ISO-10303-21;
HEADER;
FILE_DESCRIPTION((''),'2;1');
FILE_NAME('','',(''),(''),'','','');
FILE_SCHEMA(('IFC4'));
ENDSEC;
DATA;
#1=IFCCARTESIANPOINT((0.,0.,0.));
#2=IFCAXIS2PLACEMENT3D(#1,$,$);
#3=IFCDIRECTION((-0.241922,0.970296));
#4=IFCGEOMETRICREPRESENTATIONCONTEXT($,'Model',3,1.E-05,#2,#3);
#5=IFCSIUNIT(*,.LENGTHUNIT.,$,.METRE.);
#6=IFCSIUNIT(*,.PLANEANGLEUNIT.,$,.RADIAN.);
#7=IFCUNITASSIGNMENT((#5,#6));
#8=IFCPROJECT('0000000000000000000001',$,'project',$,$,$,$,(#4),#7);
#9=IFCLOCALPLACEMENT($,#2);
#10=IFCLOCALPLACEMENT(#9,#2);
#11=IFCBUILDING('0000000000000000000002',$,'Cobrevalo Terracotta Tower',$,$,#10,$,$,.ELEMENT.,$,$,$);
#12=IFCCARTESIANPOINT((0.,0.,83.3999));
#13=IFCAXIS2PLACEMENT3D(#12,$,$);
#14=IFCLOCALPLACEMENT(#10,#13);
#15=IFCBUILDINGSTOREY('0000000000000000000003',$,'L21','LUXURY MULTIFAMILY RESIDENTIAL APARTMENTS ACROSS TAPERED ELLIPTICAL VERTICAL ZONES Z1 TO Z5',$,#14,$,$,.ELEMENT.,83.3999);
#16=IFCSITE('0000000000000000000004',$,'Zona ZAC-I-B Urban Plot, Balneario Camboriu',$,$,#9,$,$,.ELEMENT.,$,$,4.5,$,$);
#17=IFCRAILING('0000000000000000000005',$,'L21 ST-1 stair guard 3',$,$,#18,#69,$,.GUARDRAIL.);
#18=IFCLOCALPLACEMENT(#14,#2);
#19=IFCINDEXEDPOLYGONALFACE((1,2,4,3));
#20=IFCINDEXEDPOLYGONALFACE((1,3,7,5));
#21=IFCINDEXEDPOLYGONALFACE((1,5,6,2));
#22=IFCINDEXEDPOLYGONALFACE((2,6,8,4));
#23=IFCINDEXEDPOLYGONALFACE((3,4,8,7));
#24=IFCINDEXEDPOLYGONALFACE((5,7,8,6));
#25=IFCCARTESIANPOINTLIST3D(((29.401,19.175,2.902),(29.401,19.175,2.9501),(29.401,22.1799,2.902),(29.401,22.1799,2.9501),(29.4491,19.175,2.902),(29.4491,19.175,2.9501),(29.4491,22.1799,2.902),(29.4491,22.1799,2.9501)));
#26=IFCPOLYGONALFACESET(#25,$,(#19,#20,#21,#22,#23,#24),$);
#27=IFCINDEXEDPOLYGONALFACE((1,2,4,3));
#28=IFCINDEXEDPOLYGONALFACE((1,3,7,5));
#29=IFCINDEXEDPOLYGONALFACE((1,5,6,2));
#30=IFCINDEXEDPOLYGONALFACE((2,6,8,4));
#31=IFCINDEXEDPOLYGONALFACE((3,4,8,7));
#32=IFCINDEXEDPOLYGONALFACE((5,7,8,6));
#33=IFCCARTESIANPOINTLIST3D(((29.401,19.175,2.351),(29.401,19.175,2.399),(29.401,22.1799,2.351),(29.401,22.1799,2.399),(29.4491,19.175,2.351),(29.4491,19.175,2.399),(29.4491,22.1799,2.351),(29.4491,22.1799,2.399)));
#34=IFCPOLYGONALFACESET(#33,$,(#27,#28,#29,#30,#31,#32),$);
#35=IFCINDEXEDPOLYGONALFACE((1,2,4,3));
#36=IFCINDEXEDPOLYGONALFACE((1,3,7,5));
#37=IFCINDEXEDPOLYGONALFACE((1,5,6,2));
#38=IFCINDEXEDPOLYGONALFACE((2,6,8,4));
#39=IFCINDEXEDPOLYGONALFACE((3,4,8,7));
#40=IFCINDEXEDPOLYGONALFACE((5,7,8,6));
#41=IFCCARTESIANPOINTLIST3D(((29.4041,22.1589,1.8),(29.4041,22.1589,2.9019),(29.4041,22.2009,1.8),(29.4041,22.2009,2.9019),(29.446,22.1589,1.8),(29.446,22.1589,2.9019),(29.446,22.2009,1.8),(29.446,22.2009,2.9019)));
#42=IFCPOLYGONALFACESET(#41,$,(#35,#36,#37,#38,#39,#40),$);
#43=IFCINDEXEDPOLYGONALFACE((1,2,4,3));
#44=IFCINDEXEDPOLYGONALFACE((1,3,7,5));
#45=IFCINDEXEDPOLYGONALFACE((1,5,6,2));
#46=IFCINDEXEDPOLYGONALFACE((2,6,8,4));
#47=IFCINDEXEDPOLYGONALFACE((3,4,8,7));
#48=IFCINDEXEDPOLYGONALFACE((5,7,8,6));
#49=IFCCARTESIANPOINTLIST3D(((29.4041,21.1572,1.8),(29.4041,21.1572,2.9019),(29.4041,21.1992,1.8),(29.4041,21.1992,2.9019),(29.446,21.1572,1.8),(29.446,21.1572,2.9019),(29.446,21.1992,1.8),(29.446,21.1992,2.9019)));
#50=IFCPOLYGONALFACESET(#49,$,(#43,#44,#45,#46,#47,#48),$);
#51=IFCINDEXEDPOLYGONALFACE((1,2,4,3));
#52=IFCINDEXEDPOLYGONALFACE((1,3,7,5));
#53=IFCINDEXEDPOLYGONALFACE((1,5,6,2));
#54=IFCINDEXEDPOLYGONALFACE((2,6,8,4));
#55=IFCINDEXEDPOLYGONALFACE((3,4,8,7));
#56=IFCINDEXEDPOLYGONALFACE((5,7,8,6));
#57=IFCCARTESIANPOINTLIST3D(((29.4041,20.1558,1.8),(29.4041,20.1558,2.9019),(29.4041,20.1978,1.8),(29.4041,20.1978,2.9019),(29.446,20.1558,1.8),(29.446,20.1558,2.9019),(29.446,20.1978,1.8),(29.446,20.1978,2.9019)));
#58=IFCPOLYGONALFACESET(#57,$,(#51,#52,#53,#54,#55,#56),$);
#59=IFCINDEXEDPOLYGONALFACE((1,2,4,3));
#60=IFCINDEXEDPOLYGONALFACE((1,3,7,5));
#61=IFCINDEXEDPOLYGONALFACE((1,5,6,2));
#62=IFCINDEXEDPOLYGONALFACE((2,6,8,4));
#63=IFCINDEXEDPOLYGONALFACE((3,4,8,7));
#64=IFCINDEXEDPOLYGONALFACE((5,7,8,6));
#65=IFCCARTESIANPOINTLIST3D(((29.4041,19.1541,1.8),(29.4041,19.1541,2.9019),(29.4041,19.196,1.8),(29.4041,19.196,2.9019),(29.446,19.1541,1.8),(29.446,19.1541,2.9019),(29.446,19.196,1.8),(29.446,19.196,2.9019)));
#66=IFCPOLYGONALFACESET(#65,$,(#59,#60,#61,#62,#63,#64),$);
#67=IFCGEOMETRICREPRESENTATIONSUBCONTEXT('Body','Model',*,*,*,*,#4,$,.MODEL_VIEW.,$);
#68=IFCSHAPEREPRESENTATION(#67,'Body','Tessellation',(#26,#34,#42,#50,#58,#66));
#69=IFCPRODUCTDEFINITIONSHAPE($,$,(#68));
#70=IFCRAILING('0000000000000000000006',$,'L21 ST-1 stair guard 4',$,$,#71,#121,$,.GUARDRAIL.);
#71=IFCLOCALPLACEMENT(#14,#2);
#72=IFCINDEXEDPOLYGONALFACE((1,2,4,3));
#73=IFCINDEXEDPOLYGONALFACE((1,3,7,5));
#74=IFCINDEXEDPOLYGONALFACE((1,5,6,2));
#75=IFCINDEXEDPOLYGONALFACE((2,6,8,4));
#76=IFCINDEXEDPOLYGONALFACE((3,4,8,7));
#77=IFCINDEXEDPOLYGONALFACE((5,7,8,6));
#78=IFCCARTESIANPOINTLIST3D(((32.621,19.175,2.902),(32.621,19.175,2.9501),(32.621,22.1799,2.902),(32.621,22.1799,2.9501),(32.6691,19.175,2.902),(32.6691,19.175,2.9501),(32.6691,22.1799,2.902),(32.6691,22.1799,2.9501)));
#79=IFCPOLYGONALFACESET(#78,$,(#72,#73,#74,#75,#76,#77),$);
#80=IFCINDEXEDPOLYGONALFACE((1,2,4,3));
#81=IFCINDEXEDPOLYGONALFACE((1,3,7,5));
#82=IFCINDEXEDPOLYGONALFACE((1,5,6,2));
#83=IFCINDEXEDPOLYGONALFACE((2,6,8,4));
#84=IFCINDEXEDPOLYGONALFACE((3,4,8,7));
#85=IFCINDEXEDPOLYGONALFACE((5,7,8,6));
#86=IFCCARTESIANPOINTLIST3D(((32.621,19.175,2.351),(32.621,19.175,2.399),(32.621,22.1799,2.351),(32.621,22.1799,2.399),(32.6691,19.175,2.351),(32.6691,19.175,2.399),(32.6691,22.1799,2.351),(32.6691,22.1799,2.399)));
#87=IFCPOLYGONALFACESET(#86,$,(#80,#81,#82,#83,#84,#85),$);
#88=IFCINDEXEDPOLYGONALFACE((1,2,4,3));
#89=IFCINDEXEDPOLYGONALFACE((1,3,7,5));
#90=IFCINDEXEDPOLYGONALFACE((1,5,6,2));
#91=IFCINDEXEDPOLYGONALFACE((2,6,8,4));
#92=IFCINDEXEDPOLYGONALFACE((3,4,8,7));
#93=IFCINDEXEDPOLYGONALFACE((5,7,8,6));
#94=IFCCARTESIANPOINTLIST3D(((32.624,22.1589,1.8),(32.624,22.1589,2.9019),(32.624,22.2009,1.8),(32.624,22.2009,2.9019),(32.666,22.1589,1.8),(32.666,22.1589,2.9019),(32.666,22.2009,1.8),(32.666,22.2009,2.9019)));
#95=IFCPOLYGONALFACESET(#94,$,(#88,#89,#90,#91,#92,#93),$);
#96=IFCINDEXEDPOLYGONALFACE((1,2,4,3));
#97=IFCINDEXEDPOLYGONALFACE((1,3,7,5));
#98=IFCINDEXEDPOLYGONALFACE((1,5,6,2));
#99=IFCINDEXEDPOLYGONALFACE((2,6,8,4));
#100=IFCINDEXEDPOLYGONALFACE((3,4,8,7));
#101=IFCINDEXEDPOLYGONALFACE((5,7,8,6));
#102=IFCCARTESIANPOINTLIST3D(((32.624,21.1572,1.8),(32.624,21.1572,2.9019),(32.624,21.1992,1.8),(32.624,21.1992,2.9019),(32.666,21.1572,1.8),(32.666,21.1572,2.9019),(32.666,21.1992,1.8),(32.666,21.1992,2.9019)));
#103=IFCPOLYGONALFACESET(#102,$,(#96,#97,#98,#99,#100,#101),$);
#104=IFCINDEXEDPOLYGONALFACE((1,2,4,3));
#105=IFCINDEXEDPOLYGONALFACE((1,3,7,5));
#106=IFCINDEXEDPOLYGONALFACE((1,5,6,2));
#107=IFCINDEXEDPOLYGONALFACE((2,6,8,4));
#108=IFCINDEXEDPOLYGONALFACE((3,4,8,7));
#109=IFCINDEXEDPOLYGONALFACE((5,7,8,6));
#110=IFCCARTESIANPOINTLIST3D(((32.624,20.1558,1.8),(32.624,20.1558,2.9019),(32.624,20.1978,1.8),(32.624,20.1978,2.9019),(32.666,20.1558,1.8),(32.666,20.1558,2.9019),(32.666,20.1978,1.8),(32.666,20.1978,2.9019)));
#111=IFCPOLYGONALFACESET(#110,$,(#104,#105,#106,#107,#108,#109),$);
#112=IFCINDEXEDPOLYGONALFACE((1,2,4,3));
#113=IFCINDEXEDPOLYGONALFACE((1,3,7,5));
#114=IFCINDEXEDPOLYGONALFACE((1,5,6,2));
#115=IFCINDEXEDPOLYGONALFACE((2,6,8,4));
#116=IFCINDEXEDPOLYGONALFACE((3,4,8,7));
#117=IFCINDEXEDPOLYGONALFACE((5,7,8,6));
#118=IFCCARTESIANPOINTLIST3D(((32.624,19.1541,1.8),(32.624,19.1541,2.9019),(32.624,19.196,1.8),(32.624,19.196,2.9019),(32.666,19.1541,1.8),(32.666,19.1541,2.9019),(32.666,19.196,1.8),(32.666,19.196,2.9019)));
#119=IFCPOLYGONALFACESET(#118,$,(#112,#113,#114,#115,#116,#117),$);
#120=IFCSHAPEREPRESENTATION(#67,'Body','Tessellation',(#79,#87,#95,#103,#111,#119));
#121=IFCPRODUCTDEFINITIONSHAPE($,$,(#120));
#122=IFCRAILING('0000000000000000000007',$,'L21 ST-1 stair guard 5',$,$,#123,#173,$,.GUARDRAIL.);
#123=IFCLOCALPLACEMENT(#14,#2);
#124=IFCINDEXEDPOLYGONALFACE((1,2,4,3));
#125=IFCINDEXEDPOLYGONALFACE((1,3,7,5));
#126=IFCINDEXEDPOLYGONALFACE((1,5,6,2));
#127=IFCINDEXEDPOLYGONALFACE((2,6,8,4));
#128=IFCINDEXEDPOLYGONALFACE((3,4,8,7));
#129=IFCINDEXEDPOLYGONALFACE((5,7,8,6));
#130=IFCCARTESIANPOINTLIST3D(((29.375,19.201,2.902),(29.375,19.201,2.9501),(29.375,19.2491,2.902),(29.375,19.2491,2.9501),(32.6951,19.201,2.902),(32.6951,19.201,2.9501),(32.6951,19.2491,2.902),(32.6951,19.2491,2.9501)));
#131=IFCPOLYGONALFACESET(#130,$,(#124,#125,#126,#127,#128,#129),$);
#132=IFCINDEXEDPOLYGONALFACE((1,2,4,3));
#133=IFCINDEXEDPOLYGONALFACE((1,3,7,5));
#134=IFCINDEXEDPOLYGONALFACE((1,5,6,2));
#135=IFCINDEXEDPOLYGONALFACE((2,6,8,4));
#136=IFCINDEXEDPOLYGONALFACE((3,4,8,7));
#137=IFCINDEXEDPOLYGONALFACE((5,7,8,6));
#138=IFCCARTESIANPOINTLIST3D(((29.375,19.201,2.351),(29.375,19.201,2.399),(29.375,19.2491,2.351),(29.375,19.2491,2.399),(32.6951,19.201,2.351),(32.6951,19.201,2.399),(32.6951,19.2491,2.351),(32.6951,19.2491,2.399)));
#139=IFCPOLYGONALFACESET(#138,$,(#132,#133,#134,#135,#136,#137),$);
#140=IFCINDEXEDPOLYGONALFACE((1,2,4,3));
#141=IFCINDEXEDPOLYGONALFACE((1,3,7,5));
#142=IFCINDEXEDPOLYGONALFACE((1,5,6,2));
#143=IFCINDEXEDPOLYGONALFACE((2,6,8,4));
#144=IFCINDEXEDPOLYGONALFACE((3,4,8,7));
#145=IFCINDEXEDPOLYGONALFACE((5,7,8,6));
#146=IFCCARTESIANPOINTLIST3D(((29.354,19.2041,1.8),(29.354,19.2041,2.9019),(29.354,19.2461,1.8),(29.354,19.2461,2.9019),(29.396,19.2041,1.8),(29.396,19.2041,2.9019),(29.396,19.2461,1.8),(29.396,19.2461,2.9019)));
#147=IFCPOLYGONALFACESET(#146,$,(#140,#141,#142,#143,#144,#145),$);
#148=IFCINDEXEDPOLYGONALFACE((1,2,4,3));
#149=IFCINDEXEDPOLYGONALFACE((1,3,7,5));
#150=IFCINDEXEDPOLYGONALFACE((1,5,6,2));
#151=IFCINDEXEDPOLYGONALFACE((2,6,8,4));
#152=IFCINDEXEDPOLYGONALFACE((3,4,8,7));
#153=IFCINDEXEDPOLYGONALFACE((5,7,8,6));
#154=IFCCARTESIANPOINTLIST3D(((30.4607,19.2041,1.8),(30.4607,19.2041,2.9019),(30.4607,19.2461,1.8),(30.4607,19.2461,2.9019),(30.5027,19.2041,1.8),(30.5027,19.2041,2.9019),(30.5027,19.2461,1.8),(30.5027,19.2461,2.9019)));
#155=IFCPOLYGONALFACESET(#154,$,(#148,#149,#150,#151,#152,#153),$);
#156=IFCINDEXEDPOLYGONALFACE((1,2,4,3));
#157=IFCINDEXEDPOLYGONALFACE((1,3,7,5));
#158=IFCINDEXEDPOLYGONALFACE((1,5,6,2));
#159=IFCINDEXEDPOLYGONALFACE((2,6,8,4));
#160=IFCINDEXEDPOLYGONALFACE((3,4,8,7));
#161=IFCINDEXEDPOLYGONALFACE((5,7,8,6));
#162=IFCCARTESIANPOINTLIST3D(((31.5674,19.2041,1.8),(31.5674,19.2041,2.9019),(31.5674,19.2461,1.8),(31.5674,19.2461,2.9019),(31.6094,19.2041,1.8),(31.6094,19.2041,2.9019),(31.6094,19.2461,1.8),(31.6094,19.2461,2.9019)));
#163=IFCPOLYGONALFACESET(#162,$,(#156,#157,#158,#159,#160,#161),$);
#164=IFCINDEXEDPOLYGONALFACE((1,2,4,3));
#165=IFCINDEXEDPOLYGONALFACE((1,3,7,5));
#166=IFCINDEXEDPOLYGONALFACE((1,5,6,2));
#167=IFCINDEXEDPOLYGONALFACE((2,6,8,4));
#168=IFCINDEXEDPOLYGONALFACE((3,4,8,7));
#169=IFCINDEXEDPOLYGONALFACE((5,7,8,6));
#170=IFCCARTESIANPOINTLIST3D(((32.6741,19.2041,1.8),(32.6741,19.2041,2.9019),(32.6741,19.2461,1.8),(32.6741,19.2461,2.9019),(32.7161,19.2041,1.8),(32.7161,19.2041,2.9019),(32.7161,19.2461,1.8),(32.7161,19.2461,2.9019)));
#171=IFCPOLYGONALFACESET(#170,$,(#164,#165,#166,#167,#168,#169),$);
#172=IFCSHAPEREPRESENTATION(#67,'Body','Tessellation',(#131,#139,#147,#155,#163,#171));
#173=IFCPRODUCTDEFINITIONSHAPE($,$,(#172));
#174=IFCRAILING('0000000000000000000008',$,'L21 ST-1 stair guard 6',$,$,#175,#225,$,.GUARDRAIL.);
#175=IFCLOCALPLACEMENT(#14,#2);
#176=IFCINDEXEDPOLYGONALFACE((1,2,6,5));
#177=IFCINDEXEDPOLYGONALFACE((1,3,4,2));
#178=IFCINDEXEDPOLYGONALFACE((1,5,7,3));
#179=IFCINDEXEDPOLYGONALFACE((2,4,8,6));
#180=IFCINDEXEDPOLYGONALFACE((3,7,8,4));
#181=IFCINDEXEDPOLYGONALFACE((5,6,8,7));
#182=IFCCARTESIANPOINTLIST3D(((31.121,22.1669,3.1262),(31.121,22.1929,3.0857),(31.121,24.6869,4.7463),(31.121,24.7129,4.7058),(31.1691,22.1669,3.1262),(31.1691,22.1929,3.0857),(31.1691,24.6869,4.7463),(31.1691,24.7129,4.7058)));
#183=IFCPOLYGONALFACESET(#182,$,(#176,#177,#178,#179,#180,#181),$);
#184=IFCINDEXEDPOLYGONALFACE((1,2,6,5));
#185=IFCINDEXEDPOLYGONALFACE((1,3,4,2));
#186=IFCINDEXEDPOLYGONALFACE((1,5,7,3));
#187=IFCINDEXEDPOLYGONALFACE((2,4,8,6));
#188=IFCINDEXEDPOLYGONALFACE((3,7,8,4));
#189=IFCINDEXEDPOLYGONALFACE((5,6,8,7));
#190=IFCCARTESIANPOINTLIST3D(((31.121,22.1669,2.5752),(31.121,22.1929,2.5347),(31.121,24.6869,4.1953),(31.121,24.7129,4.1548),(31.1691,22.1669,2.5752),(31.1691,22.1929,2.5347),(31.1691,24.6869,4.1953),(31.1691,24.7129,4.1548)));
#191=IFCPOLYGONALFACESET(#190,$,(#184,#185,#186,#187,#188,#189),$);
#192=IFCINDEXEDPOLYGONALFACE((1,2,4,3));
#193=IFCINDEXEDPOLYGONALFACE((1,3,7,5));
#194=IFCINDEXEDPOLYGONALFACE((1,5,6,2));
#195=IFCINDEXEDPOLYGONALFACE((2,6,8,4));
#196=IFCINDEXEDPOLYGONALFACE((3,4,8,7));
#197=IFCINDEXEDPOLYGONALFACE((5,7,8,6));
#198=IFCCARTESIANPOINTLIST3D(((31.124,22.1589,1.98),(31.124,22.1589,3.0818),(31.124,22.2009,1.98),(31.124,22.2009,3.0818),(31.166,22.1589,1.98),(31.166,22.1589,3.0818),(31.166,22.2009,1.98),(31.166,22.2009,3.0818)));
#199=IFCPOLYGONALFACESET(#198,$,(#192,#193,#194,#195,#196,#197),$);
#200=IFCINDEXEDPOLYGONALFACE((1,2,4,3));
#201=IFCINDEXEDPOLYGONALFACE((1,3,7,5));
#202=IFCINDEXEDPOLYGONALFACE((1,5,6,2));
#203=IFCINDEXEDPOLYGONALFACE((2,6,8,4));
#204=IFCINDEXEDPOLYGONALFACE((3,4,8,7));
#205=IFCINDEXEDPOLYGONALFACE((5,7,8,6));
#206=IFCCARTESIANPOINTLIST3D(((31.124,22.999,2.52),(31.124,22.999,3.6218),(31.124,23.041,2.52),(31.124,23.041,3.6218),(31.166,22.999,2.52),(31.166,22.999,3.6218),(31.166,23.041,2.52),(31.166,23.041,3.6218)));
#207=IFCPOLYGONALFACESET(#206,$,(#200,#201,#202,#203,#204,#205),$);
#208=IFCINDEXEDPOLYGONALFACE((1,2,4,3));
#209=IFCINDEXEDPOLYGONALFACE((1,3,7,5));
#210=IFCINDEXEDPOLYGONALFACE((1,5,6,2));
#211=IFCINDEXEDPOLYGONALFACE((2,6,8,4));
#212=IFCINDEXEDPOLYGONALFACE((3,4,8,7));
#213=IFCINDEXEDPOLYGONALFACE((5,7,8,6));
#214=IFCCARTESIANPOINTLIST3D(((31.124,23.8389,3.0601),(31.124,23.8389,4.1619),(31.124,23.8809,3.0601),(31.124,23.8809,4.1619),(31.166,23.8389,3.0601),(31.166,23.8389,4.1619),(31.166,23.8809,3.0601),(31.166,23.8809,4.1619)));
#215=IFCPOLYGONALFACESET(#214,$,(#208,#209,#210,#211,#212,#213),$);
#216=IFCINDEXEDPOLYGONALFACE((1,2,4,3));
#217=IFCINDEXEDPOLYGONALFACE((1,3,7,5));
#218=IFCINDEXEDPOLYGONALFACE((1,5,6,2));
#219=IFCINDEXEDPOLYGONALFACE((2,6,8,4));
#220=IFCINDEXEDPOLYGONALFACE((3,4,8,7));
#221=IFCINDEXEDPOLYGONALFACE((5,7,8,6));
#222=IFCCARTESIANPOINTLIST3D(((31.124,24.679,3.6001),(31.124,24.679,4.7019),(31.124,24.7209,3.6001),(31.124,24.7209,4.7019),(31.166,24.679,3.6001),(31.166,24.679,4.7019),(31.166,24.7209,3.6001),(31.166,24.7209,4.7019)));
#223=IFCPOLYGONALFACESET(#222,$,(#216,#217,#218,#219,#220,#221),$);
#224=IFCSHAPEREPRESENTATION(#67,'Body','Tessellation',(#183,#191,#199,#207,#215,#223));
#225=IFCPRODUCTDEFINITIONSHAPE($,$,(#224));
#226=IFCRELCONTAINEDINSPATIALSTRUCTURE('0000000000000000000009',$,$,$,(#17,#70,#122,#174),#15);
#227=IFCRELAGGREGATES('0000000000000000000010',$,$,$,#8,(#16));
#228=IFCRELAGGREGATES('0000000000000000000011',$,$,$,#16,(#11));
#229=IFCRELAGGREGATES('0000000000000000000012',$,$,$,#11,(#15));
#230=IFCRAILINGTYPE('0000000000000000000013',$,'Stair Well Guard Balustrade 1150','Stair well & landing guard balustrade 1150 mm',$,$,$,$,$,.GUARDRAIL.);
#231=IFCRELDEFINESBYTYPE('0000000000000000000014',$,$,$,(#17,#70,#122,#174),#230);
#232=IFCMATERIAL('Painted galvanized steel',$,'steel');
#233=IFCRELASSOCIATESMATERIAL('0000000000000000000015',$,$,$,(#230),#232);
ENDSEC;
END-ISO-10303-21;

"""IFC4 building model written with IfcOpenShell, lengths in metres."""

from ifc_helpers import new_model, si_unit, direction, frame, origin, origin_2d, place, context, subcontext, project, spatial, rectangle, extrude, material, type_object, element, save


model = new_model("IFC4")

# Units and contexts
model_context = context("Model", 3, precision=1e-05, world=origin(), true_north=direction((-0.241922, 0.970296)))
body_context = subcontext(model_context, "Body", "Model", "MODEL_VIEW")
ifc_project = project(units=[si_unit("LENGTHUNIT", "METRE"), si_unit("PLANEANGLEUNIT", "RADIAN")], contexts=[model_context])

# Site, building, storey
site_placement = place(None, origin())
site = spatial("IfcSite", under=ifc_project, at=site_placement, Name="Zona ZAC-I-B Urban Plot, Balneario Camboriu", CompositionType="ELEMENT", RefElevation=4.5)
building_placement = place(site_placement, origin())
building = spatial("IfcBuilding", under=site, at=building_placement, Name="Cobrevalo Terracotta Tower", CompositionType="ELEMENT")
storey_placement = place(building_placement, frame((0.0, 0.0, 83.3999)))
storey = spatial("IfcBuildingStorey", under=building, at=storey_placement, Name="L21", Description="LUXURY MULTIFAMILY RESIDENTIAL APARTMENTS ACROSS TAPERED ELLIPTICAL VERTICAL ZONES Z1 TO Z5", CompositionType="ELEMENT", Elevation=83.3999)

# Railings
ifc_material_1 = material(Name="Painted galvanized steel", Category="steel")
railing_type_1 = type_object("IfcRailingType", Name="Stair Well Guard Balustrade 1150", Description="Stair well & landing guard balustrade 1150 mm", PredefinedType="GUARDRAIL", material=ifc_material_1)
for number, where, name in (
    (1, (29.425, 22.1799, 1.8), "L21 ST-1 stair guard 3"),
    (2, (32.645, 22.1799, 1.8), "L21 ST-1 stair guard 4"),
):
    element("IfcRailing", number, at=place(storey_placement, frame(where)), inside=storey, type_object=railing_type_1, Name=name, PredefinedType="GUARDRAIL", context=body_context, shape_type="SweptSolid", body=[
        extrude(rectangle(XDim=0.0481, YDim=0.0481, at=origin_2d()), frame((0.0, 0.0, 1.126), z_axis=(0.0, -1.0, 0.0), x_axis=(1.0, 0.0, 0.0)), (0.0, 0.0, 1.0), 3.0049),
        extrude(rectangle(XDim=0.0481, YDim=0.0481, at=origin_2d()), frame((0.0, 0.0, 0.575), z_axis=(0.0, -1.0, 0.0), x_axis=(1.0, 0.0, 0.0)), (0.0, 0.0, 1.0), 3.0049),
        extrude(rectangle(XDim=0.042, YDim=0.042, at=origin_2d()), origin(), (0.0, 0.0, 1.0), 1.1018),
        extrude(rectangle(XDim=0.042, YDim=0.042, at=origin_2d()), frame((0.0, -1.0017, 0.0)), (0.0, 0.0, 1.0), 1.1018),
        extrude(rectangle(XDim=0.042, YDim=0.042, at=origin_2d()), frame((0.0, -2.0032, 0.0)), (0.0, 0.0, 1.0), 1.1018),
        extrude(rectangle(XDim=0.042, YDim=0.042, at=origin_2d()), frame((0.0, -3.0049, 0.0)), (0.0, 0.0, 1.0), 1.1018),
    ])
railing_1_placement = place(storey_placement, frame((29.375, 19.2251, 1.8)))
element("IfcRailing", 3, at=railing_1_placement, inside=storey, type_object=railing_type_1, Name="L21 ST-1 stair guard 5", PredefinedType="GUARDRAIL", context=body_context, shape_type="SweptSolid", body=[
    extrude(rectangle(XDim=0.0481, YDim=0.0481, at=origin_2d()), frame((0.0, 0.0, 1.126), z_axis=(1.0, 0.0, 0.0), x_axis=(0.0, 1.0, 0.0)), (0.0, 0.0, 1.0), 3.3201),
    extrude(rectangle(XDim=0.0481, YDim=0.0481, at=origin_2d()), frame((0.0, 0.0, 0.575), z_axis=(1.0, 0.0, 0.0), x_axis=(0.0, 1.0, 0.0)), (0.0, 0.0, 1.0), 3.3201),
    extrude(rectangle(XDim=0.042, YDim=0.042, at=origin_2d()), origin(), (0.0, 0.0, 1.0), 1.1018),
    extrude(rectangle(XDim=0.042, YDim=0.042, at=origin_2d()), frame((1.1067, 0.0, 0.0)), (0.0, 0.0, 1.0), 1.1018),
    extrude(rectangle(XDim=0.042, YDim=0.042, at=origin_2d()), frame((2.2134, 0.0, 0.0)), (0.0, 0.0, 1.0), 1.1018),
    extrude(rectangle(XDim=0.042, YDim=0.042, at=origin_2d()), frame((3.3201, 0.0, 0.0)), (0.0, 0.0, 1.0), 1.1018),
])
railing_2_placement = place(storey_placement, frame((31.145, 22.1799, 1.98)))
element("IfcRailing", 4, at=railing_2_placement, inside=storey, type_object=railing_type_1, Name="L21 ST-1 stair guard 6", PredefinedType="GUARDRAIL", context=body_context, shape_type="SweptSolid", body=[
    extrude(rectangle(XDim=0.0481, YDim=0.0481, at=origin_2d()), frame((0.0, 0.0, 1.126), z_axis=(0.0, 0.841163, 0.540782), x_axis=(-1.0, 0.0, 0.0)), (0.0, 0.0, 1.0), 2.9958),
    extrude(rectangle(XDim=0.0481, YDim=0.0481, at=origin_2d()), frame((0.0, 0.0, 0.575), z_axis=(0.0, 0.841163, 0.540782), x_axis=(-1.0, 0.0, 0.0)), (0.0, 0.0, 1.0), 2.9958),
    extrude(rectangle(XDim=0.042, YDim=0.042, at=origin_2d()), origin(), (0.0, 0.0, 1.0), 1.1018),
    extrude(rectangle(XDim=0.042, YDim=0.042, at=origin_2d()), frame((0.0, 0.8401, 0.54)), (0.0, 0.0, 1.0), 1.1018),
    extrude(rectangle(XDim=0.042, YDim=0.042, at=origin_2d()), frame((0.0, 1.6799, 1.0801)), (0.0, 0.0, 1.0), 1.1018),
    extrude(rectangle(XDim=0.042, YDim=0.042, at=origin_2d()), frame((0.0, 2.52, 1.6201)), (0.0, 0.0, 1.0), 1.1018),
])

save(model, "model.ifc")
